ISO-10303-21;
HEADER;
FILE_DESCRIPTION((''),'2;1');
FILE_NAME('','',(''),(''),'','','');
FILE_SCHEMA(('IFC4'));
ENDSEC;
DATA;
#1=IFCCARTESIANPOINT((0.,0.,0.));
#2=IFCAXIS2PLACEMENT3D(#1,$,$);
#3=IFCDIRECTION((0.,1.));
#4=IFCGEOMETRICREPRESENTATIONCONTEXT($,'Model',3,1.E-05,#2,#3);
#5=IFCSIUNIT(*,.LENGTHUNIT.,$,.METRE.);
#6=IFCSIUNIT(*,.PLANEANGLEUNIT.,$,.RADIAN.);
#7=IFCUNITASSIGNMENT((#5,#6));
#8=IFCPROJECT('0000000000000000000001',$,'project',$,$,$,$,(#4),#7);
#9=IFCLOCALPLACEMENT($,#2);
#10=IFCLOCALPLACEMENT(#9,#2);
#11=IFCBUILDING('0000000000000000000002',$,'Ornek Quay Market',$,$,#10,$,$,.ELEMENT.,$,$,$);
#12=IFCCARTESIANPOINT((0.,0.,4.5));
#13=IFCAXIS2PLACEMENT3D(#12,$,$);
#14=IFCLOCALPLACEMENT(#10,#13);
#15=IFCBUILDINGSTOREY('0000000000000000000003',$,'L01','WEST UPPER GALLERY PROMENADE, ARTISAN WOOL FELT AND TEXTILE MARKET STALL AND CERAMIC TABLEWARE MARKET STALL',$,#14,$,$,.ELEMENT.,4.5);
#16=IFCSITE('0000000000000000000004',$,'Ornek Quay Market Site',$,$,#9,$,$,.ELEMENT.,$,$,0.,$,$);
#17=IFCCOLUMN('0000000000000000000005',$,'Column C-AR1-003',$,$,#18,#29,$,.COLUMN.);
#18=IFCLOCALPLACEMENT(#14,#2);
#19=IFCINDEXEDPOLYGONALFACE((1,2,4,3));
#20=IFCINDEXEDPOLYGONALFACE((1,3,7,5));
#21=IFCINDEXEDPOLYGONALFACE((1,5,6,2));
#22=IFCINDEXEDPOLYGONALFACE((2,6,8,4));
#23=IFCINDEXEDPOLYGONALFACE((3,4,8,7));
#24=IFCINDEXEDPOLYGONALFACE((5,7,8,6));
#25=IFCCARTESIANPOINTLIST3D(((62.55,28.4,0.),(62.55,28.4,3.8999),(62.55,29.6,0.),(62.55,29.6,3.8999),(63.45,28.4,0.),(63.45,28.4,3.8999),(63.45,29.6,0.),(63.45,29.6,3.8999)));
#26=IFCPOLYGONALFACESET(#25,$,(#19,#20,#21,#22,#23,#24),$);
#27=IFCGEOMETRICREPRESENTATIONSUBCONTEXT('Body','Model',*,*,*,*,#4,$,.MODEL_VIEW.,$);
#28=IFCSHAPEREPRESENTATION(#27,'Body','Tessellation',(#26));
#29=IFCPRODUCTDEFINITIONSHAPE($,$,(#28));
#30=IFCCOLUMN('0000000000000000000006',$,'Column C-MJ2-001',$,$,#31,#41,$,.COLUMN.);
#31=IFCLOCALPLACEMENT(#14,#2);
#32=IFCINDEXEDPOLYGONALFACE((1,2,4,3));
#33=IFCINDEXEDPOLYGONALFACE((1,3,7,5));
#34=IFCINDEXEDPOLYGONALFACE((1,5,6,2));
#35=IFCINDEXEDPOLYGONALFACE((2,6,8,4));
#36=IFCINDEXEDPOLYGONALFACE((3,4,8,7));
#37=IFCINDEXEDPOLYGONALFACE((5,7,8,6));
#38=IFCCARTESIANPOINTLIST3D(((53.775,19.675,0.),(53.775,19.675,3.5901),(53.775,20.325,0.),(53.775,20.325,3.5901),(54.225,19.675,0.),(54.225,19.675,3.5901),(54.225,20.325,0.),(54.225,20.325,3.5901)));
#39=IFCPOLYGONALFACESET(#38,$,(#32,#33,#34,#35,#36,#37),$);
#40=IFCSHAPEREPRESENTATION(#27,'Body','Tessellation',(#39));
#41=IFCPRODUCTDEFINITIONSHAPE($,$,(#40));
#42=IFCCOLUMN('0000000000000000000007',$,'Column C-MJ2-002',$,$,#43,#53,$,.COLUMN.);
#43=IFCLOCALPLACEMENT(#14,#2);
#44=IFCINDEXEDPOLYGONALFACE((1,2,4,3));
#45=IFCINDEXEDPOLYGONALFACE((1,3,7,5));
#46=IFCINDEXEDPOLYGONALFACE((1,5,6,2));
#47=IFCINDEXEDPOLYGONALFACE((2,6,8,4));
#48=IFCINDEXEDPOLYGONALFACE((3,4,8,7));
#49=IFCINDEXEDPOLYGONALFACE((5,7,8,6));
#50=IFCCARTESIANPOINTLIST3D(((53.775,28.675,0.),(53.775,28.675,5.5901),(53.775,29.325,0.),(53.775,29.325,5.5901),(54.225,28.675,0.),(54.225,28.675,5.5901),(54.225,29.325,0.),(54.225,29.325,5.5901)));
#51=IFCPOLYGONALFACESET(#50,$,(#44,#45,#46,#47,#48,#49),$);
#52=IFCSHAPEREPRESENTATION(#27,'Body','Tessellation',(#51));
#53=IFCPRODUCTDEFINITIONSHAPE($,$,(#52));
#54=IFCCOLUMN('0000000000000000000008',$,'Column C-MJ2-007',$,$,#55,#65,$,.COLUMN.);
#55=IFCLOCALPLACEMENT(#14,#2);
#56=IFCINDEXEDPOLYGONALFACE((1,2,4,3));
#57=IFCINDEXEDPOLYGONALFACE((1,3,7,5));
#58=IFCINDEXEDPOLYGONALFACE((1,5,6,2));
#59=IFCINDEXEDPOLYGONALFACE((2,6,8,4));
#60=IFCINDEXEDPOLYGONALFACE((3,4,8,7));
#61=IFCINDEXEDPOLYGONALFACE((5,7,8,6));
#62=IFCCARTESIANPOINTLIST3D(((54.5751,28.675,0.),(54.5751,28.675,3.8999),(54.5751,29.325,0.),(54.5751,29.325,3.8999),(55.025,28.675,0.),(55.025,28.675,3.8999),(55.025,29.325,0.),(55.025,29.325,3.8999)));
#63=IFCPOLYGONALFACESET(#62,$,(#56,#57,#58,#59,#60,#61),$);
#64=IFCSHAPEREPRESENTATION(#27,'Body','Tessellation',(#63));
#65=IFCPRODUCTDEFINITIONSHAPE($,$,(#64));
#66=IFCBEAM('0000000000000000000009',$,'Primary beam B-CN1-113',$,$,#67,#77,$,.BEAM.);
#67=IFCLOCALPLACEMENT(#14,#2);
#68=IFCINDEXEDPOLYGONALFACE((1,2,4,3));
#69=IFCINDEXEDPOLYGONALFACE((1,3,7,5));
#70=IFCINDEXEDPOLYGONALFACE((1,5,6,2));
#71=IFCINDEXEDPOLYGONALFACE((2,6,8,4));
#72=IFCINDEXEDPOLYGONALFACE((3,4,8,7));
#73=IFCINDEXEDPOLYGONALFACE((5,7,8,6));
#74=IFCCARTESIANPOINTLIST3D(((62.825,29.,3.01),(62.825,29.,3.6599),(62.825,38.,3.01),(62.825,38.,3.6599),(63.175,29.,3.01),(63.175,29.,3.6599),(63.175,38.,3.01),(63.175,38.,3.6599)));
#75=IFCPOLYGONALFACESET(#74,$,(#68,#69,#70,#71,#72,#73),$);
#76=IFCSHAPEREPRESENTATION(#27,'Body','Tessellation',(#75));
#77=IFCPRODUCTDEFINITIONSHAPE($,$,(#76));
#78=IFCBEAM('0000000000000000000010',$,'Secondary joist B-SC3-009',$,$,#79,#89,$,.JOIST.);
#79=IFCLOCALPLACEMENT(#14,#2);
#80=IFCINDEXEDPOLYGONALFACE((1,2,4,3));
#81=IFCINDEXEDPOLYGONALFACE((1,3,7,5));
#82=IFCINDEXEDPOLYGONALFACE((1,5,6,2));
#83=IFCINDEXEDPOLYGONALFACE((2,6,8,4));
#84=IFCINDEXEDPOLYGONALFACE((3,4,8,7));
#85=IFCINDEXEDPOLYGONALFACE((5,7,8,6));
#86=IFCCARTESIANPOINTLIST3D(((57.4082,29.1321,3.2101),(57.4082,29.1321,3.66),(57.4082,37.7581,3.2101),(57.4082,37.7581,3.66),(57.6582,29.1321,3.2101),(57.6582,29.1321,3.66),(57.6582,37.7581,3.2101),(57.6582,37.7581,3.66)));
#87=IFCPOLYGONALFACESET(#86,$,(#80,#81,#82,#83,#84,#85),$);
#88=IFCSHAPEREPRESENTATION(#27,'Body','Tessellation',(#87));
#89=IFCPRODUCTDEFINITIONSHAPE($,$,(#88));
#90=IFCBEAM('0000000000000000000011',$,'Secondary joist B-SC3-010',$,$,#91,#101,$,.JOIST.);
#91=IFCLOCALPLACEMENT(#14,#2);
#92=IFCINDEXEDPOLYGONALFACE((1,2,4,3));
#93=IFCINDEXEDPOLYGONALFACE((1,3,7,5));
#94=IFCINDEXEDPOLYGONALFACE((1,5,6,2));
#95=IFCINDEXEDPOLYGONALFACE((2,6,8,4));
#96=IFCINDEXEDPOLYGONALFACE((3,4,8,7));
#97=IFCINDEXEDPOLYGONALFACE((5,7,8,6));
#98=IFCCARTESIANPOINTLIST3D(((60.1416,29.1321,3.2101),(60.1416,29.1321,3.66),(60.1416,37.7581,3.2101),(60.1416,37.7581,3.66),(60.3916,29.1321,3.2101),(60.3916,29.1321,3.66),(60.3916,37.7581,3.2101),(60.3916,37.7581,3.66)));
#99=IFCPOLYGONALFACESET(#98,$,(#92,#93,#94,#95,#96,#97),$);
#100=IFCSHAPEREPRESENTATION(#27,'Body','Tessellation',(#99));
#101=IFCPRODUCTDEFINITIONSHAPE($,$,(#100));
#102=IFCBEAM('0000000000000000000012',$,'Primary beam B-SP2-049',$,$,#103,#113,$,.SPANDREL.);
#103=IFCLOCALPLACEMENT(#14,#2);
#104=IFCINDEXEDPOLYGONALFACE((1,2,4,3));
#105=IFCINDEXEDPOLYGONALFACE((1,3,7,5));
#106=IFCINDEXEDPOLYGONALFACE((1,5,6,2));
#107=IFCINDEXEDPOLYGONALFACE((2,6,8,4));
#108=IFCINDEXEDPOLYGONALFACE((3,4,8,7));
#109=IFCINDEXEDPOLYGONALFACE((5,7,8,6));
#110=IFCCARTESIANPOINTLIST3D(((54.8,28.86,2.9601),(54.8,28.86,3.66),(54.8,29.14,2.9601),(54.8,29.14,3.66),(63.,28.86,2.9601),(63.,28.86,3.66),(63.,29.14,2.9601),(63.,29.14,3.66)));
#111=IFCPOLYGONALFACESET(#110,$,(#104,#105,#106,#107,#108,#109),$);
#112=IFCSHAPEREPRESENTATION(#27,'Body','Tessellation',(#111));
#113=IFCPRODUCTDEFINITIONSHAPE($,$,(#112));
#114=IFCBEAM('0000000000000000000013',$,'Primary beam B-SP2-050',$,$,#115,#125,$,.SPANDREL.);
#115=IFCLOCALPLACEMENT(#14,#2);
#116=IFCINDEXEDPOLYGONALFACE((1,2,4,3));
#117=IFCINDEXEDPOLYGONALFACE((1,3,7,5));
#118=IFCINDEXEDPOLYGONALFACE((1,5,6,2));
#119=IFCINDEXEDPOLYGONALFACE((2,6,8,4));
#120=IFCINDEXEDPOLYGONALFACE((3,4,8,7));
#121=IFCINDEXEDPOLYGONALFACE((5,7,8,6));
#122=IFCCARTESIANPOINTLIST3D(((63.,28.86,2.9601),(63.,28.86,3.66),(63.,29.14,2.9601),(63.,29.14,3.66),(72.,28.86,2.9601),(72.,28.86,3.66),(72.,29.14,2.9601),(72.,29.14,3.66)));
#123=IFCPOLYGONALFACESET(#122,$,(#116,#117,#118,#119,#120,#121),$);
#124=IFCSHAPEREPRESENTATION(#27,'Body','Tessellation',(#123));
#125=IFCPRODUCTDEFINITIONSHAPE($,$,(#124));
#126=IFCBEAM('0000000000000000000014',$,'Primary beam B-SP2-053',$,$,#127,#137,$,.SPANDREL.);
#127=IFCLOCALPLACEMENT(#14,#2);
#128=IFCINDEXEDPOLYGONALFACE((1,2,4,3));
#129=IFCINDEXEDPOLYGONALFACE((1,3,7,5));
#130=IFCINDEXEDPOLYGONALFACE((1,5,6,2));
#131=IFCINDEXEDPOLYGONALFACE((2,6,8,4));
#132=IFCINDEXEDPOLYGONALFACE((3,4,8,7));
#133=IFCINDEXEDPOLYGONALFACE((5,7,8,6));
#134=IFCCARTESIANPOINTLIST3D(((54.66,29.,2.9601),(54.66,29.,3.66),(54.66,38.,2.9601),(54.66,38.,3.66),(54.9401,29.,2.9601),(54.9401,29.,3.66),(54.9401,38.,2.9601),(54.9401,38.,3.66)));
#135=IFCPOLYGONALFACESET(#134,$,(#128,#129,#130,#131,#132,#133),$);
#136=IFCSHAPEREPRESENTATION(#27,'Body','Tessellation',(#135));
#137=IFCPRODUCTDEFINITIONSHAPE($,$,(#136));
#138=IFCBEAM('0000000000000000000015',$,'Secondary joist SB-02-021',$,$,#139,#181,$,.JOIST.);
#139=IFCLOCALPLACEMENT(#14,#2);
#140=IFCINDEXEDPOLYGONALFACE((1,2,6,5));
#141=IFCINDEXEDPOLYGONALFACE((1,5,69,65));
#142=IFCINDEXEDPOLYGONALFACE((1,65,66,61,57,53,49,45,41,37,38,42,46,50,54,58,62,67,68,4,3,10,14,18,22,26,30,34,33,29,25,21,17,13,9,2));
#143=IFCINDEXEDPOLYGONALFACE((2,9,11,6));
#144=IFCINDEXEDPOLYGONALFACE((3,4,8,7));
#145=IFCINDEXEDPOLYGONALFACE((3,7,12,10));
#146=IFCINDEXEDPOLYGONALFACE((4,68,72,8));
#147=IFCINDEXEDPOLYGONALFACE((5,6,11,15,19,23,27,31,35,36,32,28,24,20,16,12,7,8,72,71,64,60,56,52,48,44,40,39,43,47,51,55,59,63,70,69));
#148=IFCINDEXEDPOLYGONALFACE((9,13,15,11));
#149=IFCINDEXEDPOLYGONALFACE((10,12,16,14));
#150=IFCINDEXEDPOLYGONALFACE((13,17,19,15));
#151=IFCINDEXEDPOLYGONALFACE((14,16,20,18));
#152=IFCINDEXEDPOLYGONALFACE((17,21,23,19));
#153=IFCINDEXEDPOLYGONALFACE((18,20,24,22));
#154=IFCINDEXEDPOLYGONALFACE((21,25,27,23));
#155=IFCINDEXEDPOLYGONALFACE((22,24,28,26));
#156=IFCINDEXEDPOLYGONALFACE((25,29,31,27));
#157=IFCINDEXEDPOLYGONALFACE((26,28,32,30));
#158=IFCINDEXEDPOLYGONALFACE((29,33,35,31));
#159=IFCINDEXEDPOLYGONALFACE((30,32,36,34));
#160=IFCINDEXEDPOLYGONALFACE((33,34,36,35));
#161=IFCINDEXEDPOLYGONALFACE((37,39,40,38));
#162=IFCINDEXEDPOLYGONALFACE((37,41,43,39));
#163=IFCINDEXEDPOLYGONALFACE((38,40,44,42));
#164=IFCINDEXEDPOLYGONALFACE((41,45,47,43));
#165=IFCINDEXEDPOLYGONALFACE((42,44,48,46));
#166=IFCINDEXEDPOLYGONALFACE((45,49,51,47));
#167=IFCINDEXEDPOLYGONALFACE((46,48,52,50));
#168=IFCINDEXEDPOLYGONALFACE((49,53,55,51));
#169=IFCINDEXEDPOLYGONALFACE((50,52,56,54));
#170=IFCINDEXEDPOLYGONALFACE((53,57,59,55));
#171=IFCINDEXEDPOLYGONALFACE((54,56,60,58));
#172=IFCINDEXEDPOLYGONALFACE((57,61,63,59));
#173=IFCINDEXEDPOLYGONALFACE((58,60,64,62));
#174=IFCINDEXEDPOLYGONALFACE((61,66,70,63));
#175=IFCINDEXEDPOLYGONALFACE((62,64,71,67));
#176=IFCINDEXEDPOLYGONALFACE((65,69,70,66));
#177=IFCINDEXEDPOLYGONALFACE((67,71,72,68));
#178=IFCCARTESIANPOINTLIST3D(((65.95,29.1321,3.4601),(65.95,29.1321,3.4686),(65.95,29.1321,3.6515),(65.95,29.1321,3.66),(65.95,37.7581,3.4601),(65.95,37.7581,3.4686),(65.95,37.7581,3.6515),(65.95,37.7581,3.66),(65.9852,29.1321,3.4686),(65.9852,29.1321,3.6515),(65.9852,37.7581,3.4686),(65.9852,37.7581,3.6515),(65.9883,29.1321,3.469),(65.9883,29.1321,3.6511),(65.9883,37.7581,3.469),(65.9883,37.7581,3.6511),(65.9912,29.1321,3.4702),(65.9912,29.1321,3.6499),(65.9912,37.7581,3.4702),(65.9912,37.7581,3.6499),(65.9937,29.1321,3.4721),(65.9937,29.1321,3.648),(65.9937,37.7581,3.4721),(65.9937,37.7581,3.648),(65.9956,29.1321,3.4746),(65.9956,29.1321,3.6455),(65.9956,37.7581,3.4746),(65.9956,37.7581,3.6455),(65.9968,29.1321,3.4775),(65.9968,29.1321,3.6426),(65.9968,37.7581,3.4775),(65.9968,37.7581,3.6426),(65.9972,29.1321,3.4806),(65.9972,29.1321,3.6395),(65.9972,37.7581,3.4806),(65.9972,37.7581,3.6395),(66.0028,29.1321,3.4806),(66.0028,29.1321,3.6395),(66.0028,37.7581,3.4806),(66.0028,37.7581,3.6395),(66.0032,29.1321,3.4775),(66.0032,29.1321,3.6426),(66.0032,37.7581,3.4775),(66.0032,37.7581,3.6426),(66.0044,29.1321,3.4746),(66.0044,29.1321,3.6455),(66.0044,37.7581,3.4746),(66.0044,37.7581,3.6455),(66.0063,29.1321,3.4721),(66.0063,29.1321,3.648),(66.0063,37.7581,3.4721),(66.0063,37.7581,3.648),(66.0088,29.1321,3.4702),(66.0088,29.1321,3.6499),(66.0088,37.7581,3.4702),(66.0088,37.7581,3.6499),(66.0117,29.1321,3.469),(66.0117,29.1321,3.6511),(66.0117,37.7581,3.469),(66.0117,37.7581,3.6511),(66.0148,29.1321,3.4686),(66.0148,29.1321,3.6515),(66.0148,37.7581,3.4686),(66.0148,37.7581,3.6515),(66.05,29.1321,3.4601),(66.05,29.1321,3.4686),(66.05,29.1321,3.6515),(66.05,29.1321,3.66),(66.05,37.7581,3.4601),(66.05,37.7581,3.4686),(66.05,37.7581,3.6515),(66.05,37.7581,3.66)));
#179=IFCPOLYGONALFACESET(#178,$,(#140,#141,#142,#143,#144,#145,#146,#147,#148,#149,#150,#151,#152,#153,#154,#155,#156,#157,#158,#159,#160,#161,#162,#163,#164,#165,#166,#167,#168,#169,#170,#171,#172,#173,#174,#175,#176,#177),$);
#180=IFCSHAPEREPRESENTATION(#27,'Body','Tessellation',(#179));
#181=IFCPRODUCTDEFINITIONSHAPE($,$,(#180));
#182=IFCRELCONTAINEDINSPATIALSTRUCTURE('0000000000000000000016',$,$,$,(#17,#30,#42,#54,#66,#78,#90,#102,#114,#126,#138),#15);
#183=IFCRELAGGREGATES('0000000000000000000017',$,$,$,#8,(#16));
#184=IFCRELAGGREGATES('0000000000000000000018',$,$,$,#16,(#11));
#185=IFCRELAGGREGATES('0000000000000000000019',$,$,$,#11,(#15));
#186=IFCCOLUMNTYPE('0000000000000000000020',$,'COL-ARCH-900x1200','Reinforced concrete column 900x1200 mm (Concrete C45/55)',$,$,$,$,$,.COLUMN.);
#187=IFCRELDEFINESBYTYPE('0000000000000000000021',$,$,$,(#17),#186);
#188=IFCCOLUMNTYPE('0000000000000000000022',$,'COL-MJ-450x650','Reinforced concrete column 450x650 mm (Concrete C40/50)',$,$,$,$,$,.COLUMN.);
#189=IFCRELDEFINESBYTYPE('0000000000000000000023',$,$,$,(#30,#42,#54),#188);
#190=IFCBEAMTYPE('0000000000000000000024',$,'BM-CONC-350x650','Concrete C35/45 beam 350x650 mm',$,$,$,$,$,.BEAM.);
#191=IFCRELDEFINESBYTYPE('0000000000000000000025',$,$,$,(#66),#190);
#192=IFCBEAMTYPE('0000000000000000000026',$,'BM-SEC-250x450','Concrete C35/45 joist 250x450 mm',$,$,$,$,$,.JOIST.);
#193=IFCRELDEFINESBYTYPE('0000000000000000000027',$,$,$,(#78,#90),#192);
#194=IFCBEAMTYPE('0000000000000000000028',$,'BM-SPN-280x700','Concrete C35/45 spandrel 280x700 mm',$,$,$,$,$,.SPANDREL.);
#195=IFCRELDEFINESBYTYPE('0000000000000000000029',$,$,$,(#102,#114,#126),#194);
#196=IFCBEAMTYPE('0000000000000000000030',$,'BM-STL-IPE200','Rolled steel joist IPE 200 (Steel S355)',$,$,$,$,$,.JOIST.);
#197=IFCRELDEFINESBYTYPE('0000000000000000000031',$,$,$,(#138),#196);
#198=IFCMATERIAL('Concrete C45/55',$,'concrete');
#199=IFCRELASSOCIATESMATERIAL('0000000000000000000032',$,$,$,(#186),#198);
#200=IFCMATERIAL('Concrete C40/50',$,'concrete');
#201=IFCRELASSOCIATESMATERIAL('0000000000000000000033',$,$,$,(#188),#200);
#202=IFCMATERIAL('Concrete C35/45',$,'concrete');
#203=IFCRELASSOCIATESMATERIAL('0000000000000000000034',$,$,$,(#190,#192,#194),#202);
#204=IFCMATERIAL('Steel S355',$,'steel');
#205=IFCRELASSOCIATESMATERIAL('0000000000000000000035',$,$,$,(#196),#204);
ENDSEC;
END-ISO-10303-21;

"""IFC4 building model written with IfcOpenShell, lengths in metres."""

from ifc_helpers import new_model, si_unit, direction, frame, origin, origin_2d, place, context, subcontext, project, spatial, rectangle, i_section, extrude, material, material_profile, profile_set, type_object, element, save


model = new_model("IFC4")

# Units and contexts
model_context = context("Model", 3, precision=1e-05, world=origin(), true_north=direction((0.0, 1.0)))
body_context = subcontext(model_context, "Body", "Model", "MODEL_VIEW")
ifc_project = project(units=[si_unit("LENGTHUNIT", "METRE"), si_unit("PLANEANGLEUNIT", "RADIAN")], contexts=[model_context])

# Site, building, storey
site_placement = place(None, origin())
site = spatial("IfcSite", under=ifc_project, at=site_placement, Name="Ornek Quay Market Site", CompositionType="ELEMENT", RefElevation=0.0)
building_placement = place(site_placement, origin())
building = spatial("IfcBuilding", under=site, at=building_placement, Name="Ornek Quay Market", CompositionType="ELEMENT")
storey_placement = place(building_placement, frame((0.0, 0.0, 4.5)))
storey = spatial("IfcBuildingStorey", under=building, at=storey_placement, Name="L01", Description="WEST UPPER GALLERY PROMENADE, ARTISAN WOOL FELT AND TEXTILE MARKET STALL AND CERAMIC TABLEWARE MARKET STALL", CompositionType="ELEMENT", Elevation=4.5)

# Columns
ifc_material_1 = material(Name="Concrete C45/55", Category="concrete")
ifc_material_profile_1 = material_profile(ifc_material_1, rectangle(XDim=0.8999, YDim=1.2, at=origin_2d()), Name="RC 900x1200", Category="concrete")
ifc_profile_set_1 = profile_set([ifc_material_profile_1], Name="Concrete C45/55")
column_type_1 = type_object("IfcColumnType", Name="COL-ARCH-900x1200", Description="Reinforced concrete column 900x1200 mm (Concrete C45/55)", PredefinedType="COLUMN", material=ifc_profile_set_1)
column_1_placement = place(storey_placement, frame((63.0, 29.0, 0.0), z_axis=(0.0, 0.0, 1.0), x_axis=(1.0, 0.0, 0.0)))
element("IfcColumn", 1, at=column_1_placement, inside=storey, type_object=column_type_1, Name="Column C-AR1-003", PredefinedType="COLUMN", context=body_context, shape_type="SweptSolid", body=[
    extrude(rectangle(XDim=0.8999, YDim=1.2, at=origin_2d()), origin(), (0.0, 0.0, 1.0), 3.8999),
])
ifc_material_2 = material(Name="Concrete C40/50", Category="concrete")
ifc_material_profile_2 = material_profile(ifc_material_2, rectangle(XDim=0.45, YDim=0.6499, at=origin_2d()), Name="RC 450x650", Category="concrete")
ifc_profile_set_2 = profile_set([ifc_material_profile_2], Name="Concrete C40/50")
column_type_2 = type_object("IfcColumnType", Name="COL-MJ-450x650", Description="Reinforced concrete column 450x650 mm (Concrete C40/50)", PredefinedType="COLUMN", material=ifc_profile_set_2)
column_2_placement = place(storey_placement, frame((54.0, 20.0, 0.0), z_axis=(0.0, 0.0, 1.0), x_axis=(1.0, 0.0, 0.0)))
element("IfcColumn", 2, at=column_2_placement, inside=storey, type_object=column_type_2, Name="Column C-MJ2-001", PredefinedType="COLUMN", context=body_context, shape_type="SweptSolid", body=[
    extrude(rectangle(XDim=0.45, YDim=0.6499, at=origin_2d()), origin(), (0.0, 0.0, 1.0), 3.5901),
])
column_3_placement = place(storey_placement, frame((54.0, 29.0, 0.0), z_axis=(0.0, 0.0, 1.0), x_axis=(1.0, 0.0, 0.0)))
element("IfcColumn", 3, at=column_3_placement, inside=storey, type_object=column_type_2, Name="Column C-MJ2-002", PredefinedType="COLUMN", context=body_context, shape_type="SweptSolid", body=[
    extrude(rectangle(XDim=0.45, YDim=0.6499, at=origin_2d()), origin(), (0.0, 0.0, 1.0), 5.5901),
])
column_4_placement = place(storey_placement, frame((54.8, 29.0, 0.0), z_axis=(0.0, 0.0, 1.0), x_axis=(1.0, 0.0, 0.0)))
element("IfcColumn", 4, at=column_4_placement, inside=storey, type_object=column_type_2, Name="Column C-MJ2-007", PredefinedType="COLUMN", context=body_context, shape_type="SweptSolid", body=[
    extrude(rectangle(XDim=0.45, YDim=0.6499, at=origin_2d()), origin(), (0.0, 0.0, 1.0), 3.8999),
])

# Beams
ifc_material_3 = material(Name="Concrete C35/45", Category="concrete")
ifc_material_profile_3 = material_profile(ifc_material_3, rectangle(XDim=0.3501, YDim=0.6499, at=origin_2d()), Name="RC 350x650", Category="concrete")
ifc_profile_set_3 = profile_set([ifc_material_profile_3], Name="Concrete C35/45")
beam_type_1 = type_object("IfcBeamType", Name="BM-CONC-350x650", Description="Concrete C35/45 beam 350x650 mm", PredefinedType="BEAM", material=ifc_profile_set_3)
beam_1_placement = place(storey_placement, frame((63.0, 29.0, 3.335), z_axis=(0.0, 1.0, 0.0), x_axis=(-1.0, 0.0, 0.0)))
element("IfcBeam", 5, at=beam_1_placement, inside=storey, type_object=beam_type_1, Name="Primary beam B-CN1-113", PredefinedType="BEAM", context=body_context, shape_type="SweptSolid", body=[
    extrude(rectangle(XDim=0.3501, YDim=0.6499, at=origin_2d()), origin(), (0.0, 0.0, 1.0), 9.0),
])
ifc_material_profile_4 = material_profile(ifc_material_3, rectangle(XDim=0.25, YDim=0.45, at=origin_2d()), Name="RC 250x450", Category="concrete")
ifc_profile_set_4 = profile_set([ifc_material_profile_4], Name="Concrete C35/45")
beam_type_2 = type_object("IfcBeamType", Name="BM-SEC-250x450", Description="Concrete C35/45 joist 250x450 mm", PredefinedType="JOIST", material=ifc_profile_set_4)
for number, where, z_axis, x_axis, name in (
    (6, (57.5332, 29.1321, 3.4351), (0.0, 1.0, 0.0), (-1.0, 0.0, 0.0), "Secondary joist B-SC3-009"),
    (7, (60.2666, 29.1321, 3.4351), (0.0, 1.0, 0.0), (-1.0, 0.0, 0.0), "Secondary joist B-SC3-010"),
):
    element("IfcBeam", number, at=place(storey_placement, frame(where, z_axis=z_axis, x_axis=x_axis)), inside=storey, type_object=beam_type_2, Name=name, PredefinedType="JOIST", context=body_context, shape_type="SweptSolid", body=[
        extrude(rectangle(XDim=0.25, YDim=0.45, at=origin_2d()), origin(), (0.0, 0.0, 1.0), 8.626),
    ])
ifc_material_profile_5 = material_profile(ifc_material_3, rectangle(XDim=0.28, YDim=0.7, at=origin_2d()), Name="RC 280x700", Category="concrete")
ifc_profile_set_5 = profile_set([ifc_material_profile_5], Name="Concrete C35/45")
beam_type_3 = type_object("IfcBeamType", Name="BM-SPN-280x700", Description="Concrete C35/45 spandrel 280x700 mm", PredefinedType="SPANDREL", material=ifc_profile_set_5)
beam_2_placement = place(storey_placement, frame((54.8, 29.0, 3.3101), z_axis=(1.0, 0.0, 0.0), x_axis=(0.0, 1.0, 0.0)))
element("IfcBeam", 8, at=beam_2_placement, inside=storey, type_object=beam_type_3, Name="Primary beam B-SP2-049", PredefinedType="SPANDREL", context=body_context, shape_type="SweptSolid", body=[
    extrude(rectangle(XDim=0.28, YDim=0.7, at=origin_2d()), origin(), (0.0, 0.0, 1.0), 8.2),
])
for number, where, z_axis, x_axis, name in (
    (9, (63.0, 29.0, 3.3101), (1.0, 0.0, 0.0), (0.0, 1.0, 0.0), "Primary beam B-SP2-050"),
    (10, (54.8, 29.0, 3.3101), (0.0, 1.0, 0.0), (-1.0, 0.0, 0.0), "Primary beam B-SP2-053"),
):
    element("IfcBeam", number, at=place(storey_placement, frame(where, z_axis=z_axis, x_axis=x_axis)), inside=storey, type_object=beam_type_3, Name=name, PredefinedType="SPANDREL", context=body_context, shape_type="SweptSolid", body=[
        extrude(rectangle(XDim=0.28, YDim=0.7, at=origin_2d()), origin(), (0.0, 0.0, 1.0), 9.0),
    ])
ifc_material_4 = material(Name="Steel S355", Category="steel")
ifc_material_profile_6 = material_profile(ifc_material_4, i_section(OverallWidth=0.1001, OverallDepth=0.2, WebThickness=0.0056, FlangeThickness=0.0085, FilletRadius=0.012, at=origin_2d()), Name="IPE 200", Category="steel")
ifc_profile_set_6 = profile_set([ifc_material_profile_6], Name="Steel S355")
beam_type_4 = type_object("IfcBeamType", Name="BM-STL-IPE200", Description="Rolled steel joist IPE 200 (Steel S355)", PredefinedType="JOIST", material=ifc_profile_set_6)
for number, where, z_axis, x_axis, name in (
    (11, (66.0, 29.1321, 3.5601), (0.0, 1.0, 0.0), (-1.0, 0.0, 0.0), "Secondary joist SB-02-021"),
):
    element("IfcBeam", number, at=place(storey_placement, frame(where, z_axis=z_axis, x_axis=x_axis)), inside=storey, type_object=beam_type_4, Name=name, PredefinedType="JOIST", context=body_context, shape_type="SweptSolid", body=[
        extrude(i_section(OverallWidth=0.1001, OverallDepth=0.2, WebThickness=0.0056, FlangeThickness=0.0085, FilletRadius=0.012, at=origin_2d()), origin(), (0.0, 0.0, 1.0), 8.626),
    ])

save(model, "model.ifc")
